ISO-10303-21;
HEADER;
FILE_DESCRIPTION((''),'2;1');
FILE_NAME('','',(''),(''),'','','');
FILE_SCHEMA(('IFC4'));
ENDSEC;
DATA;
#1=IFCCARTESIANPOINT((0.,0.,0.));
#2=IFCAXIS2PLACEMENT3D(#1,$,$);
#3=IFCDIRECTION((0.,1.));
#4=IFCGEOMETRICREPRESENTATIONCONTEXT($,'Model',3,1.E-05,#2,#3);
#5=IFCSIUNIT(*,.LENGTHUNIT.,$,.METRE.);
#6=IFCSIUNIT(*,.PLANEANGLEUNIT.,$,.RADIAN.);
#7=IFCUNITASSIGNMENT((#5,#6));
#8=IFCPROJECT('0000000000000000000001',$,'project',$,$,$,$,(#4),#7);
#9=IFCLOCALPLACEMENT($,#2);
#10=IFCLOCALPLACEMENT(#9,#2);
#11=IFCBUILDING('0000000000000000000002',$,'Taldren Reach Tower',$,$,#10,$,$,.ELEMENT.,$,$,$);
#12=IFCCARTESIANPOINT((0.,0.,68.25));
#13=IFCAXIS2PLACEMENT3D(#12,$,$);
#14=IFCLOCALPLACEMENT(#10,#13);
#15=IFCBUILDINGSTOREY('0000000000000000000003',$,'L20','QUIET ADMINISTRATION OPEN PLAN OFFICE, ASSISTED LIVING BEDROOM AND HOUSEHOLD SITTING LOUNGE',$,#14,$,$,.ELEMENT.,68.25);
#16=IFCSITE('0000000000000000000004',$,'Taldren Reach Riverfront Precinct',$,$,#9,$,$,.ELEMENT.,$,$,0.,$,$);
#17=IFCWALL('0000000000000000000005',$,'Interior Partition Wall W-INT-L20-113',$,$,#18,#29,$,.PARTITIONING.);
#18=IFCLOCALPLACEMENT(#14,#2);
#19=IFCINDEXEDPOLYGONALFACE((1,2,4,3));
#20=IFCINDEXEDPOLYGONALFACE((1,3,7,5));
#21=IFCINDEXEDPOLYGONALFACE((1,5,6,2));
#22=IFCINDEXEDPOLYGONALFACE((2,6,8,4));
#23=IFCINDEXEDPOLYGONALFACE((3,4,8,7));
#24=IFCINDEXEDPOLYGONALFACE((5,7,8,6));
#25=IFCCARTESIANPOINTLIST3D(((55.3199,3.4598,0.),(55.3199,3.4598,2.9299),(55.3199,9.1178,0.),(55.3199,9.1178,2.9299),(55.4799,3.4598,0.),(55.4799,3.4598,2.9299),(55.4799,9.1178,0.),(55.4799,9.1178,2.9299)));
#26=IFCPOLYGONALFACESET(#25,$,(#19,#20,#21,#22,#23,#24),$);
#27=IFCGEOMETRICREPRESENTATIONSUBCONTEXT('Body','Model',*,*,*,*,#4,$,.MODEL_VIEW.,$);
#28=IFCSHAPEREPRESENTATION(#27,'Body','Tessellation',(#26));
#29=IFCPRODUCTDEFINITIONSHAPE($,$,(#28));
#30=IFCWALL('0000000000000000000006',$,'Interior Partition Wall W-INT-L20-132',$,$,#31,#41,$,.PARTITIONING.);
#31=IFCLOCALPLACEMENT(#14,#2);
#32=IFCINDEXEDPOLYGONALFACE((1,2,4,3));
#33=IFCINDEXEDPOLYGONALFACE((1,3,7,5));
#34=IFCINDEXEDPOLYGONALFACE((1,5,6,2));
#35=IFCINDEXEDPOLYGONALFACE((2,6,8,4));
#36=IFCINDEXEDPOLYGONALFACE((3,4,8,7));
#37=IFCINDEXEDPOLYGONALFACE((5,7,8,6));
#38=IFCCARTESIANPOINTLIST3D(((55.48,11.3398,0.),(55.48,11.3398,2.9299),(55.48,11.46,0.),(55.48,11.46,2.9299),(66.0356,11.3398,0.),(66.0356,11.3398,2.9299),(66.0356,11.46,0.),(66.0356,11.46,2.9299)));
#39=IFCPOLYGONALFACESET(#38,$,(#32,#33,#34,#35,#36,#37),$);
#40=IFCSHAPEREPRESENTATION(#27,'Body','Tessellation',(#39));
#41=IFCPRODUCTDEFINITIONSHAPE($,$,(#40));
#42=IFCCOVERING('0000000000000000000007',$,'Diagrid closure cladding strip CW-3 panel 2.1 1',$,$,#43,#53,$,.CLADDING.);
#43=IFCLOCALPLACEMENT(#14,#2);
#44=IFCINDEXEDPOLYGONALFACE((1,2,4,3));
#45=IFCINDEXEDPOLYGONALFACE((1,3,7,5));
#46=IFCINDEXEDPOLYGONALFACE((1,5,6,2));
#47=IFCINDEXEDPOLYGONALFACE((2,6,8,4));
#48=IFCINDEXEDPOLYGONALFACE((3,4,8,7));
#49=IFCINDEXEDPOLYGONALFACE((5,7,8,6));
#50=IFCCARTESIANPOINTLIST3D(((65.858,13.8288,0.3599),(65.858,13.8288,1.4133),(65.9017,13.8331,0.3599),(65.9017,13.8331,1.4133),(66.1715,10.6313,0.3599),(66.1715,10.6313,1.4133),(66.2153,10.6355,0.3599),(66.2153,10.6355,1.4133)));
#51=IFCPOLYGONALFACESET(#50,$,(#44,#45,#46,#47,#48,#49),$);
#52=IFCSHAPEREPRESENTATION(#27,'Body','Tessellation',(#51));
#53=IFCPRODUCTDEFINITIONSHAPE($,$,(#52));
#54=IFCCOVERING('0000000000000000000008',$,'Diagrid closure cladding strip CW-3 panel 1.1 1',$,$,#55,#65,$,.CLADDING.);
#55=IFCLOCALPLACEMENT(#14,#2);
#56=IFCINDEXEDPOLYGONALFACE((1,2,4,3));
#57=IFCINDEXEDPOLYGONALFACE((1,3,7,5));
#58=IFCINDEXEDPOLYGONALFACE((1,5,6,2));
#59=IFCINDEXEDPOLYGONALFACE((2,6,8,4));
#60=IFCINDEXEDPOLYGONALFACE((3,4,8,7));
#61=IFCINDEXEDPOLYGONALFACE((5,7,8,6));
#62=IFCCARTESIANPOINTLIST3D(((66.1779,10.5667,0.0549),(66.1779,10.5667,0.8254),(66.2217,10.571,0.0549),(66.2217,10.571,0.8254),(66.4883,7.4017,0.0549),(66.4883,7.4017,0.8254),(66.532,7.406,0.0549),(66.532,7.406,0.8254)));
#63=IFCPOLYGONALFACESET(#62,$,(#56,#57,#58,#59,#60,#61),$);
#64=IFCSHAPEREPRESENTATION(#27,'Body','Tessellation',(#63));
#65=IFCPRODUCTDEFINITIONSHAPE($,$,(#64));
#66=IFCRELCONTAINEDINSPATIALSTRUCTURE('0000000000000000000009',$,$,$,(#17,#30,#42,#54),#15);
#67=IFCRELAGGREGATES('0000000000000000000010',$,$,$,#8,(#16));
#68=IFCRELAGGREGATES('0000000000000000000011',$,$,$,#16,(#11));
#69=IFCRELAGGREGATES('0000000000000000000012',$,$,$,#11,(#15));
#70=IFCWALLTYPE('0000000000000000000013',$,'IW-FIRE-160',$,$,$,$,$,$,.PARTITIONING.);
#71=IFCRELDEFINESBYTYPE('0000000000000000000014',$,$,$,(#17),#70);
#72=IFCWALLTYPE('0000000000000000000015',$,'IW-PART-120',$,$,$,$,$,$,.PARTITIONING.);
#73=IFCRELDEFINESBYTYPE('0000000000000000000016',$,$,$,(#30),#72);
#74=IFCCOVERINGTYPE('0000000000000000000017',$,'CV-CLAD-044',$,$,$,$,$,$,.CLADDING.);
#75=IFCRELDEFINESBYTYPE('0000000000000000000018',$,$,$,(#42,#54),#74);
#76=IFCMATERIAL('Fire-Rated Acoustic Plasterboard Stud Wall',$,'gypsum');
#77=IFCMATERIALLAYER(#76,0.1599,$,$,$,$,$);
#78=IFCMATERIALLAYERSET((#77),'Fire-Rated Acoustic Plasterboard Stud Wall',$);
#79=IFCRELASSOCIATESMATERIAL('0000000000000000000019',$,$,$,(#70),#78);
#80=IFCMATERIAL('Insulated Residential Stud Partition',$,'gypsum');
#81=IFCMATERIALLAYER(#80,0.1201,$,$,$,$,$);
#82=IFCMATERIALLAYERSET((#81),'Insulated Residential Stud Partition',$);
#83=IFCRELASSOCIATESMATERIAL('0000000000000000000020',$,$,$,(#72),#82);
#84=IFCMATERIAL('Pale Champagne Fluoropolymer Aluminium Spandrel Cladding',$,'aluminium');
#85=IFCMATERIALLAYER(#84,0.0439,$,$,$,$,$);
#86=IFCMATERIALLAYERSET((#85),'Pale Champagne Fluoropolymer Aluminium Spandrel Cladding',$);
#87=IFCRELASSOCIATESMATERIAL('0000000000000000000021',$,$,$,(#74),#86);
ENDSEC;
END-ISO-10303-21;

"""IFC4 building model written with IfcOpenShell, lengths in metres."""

from ifc_helpers import new_model, si_unit, direction, frame, frame_2d, origin, origin_2d, place, context, subcontext, project, spatial, rectangle, extrude, source, transform, mapped, material, layer, layer_set, type_object, element, save


model = new_model("IFC4")

# Units and contexts
model_context = context("Model", 3, precision=1e-05, world=origin(), true_north=direction((0.0, 1.0)))
body_context = subcontext(model_context, "Body", "Model", "MODEL_VIEW")
ifc_project = project(units=[si_unit("LENGTHUNIT", "METRE"), si_unit("PLANEANGLEUNIT", "RADIAN")], contexts=[model_context])

# Site, building, storey
site_placement = place(None, origin())
site = spatial("IfcSite", under=ifc_project, at=site_placement, Name="Taldren Reach Riverfront Precinct", CompositionType="ELEMENT", RefElevation=0.0)
building_placement = place(site_placement, origin())
building = spatial("IfcBuilding", under=site, at=building_placement, Name="Taldren Reach Tower", CompositionType="ELEMENT")
storey_placement = place(building_placement, frame((0.0, 0.0, 68.25)))
storey = spatial("IfcBuildingStorey", under=building, at=storey_placement, Name="L20", Description="QUIET ADMINISTRATION OPEN PLAN OFFICE, ASSISTED LIVING BEDROOM AND HOUSEHOLD SITTING LOUNGE", CompositionType="ELEMENT", Elevation=68.25)

# Shared definitions
ifc_material_1 = material(Name="Fire-Rated Acoustic Plasterboard Stud Wall", Category="gypsum")
ifc_layer_1 = layer(ifc_material_1, 0.1599)
ifc_layer_set_1 = layer_set([ifc_layer_1], Name="Fire-Rated Acoustic Plasterboard Stud Wall")
wall_type_1 = type_object("IfcWallType", Name="IW-FIRE-160", PredefinedType="PARTITIONING", material=ifc_layer_set_1)

# Walls
shared_shape_1 = source(origin(), body_context, "Body", "SweptSolid", [
    extrude(rectangle(XDim=5.658, YDim=0.1599, at=frame_2d((2.8291, 0.0))), origin(), (0.0, 0.0, 1.0), 2.9299),
])
wall_1_placement = place(storey_placement, frame((55.3999, 9.1179, 0.0), z_axis=(0.0, 0.0, 1.0), x_axis=(0.0, -1.0, 0.0)))
element("IfcWall", 1, at=wall_1_placement, inside=storey, type_object=wall_type_1, Name="Interior Partition Wall W-INT-L20-113", PredefinedType="PARTITIONING", context=body_context, shape_type="MappedRepresentation", body=[
    mapped(shared_shape_1, transform((0.0, 0.0, 0.0), scale=1.0)),
])
ifc_material_2 = material(Name="Insulated Residential Stud Partition", Category="gypsum")
ifc_layer_2 = layer(ifc_material_2, 0.1201)
ifc_layer_set_2 = layer_set([ifc_layer_2], Name="Insulated Residential Stud Partition")
wall_type_2 = type_object("IfcWallType", Name="IW-PART-120", PredefinedType="PARTITIONING", material=ifc_layer_set_2)
shared_shape_2 = source(origin(), body_context, "Body", "SweptSolid", [
    extrude(rectangle(XDim=10.5557, YDim=0.1201, at=frame_2d((5.2778, 0.0))), origin(), (0.0, 0.0, 1.0), 2.9299),
])
wall_2_placement = place(storey_placement, frame((55.48, 11.3999, 0.0), z_axis=(0.0, 0.0, 1.0), x_axis=(1.0, 0.0, 0.0)))
element("IfcWall", 2, at=wall_2_placement, inside=storey, type_object=wall_type_2, Name="Interior Partition Wall W-INT-L20-132", PredefinedType="PARTITIONING", context=body_context, shape_type="MappedRepresentation", body=[
    mapped(shared_shape_2, transform((0.0, 0.0, 0.0), scale=1.0)),
])

# Coverings
ifc_material_3 = material(Name="Pale Champagne Fluoropolymer Aluminium Spandrel Cladding", Category="aluminium")
ifc_layer_3 = layer(ifc_material_3, 0.0439)
ifc_layer_set_3 = layer_set([ifc_layer_3], Name="Pale Champagne Fluoropolymer Aluminium Spandrel Cladding")
covering_type = type_object("IfcCoveringType", Name="CV-CLAD-044", PredefinedType="CLADDING", material=ifc_layer_set_3)
shared_shape_3 = source(origin(), body_context, "Body", "SweptSolid", [
    extrude(rectangle(XDim=3.2129, YDim=0.0439, at=origin_2d()), origin(), (0.0, 0.0, 1.0), 1.0535),
])
covering_1_placement = place(storey_placement, frame((66.0366, 12.2322, 0.3599), z_axis=(0.0, 0.0, 1.0), x_axis=(-0.097583, 0.995227, 0.0)))
element("IfcCovering", 3, at=covering_1_placement, inside=storey, type_object=covering_type, Name="Diagrid closure cladding strip CW-3 panel 2.1 1", PredefinedType="CLADDING", context=body_context, shape_type="MappedRepresentation", body=[
    mapped(shared_shape_3, transform((0.0, 0.0, 0.0), scale=1.0)),
])
shared_shape_4 = source(origin(), body_context, "Body", "SweptSolid", [
    extrude(rectangle(XDim=3.1802, YDim=0.0439, at=origin_2d()), origin(), (0.0, 0.0, 1.0), 0.7705),
])
covering_2_placement = place(storey_placement, frame((66.355, 8.9863, 0.0549), z_axis=(0.0, 0.0, 1.0), x_axis=(-0.097583, 0.995227, 0.0)))
element("IfcCovering", 4, at=covering_2_placement, inside=storey, type_object=covering_type, Name="Diagrid closure cladding strip CW-3 panel 1.1 1", PredefinedType="CLADDING", context=body_context, shape_type="MappedRepresentation", body=[
    mapped(shared_shape_4, transform((0.0, 0.0, 0.0), scale=1.0)),
])

save(model, "model.ifc")
